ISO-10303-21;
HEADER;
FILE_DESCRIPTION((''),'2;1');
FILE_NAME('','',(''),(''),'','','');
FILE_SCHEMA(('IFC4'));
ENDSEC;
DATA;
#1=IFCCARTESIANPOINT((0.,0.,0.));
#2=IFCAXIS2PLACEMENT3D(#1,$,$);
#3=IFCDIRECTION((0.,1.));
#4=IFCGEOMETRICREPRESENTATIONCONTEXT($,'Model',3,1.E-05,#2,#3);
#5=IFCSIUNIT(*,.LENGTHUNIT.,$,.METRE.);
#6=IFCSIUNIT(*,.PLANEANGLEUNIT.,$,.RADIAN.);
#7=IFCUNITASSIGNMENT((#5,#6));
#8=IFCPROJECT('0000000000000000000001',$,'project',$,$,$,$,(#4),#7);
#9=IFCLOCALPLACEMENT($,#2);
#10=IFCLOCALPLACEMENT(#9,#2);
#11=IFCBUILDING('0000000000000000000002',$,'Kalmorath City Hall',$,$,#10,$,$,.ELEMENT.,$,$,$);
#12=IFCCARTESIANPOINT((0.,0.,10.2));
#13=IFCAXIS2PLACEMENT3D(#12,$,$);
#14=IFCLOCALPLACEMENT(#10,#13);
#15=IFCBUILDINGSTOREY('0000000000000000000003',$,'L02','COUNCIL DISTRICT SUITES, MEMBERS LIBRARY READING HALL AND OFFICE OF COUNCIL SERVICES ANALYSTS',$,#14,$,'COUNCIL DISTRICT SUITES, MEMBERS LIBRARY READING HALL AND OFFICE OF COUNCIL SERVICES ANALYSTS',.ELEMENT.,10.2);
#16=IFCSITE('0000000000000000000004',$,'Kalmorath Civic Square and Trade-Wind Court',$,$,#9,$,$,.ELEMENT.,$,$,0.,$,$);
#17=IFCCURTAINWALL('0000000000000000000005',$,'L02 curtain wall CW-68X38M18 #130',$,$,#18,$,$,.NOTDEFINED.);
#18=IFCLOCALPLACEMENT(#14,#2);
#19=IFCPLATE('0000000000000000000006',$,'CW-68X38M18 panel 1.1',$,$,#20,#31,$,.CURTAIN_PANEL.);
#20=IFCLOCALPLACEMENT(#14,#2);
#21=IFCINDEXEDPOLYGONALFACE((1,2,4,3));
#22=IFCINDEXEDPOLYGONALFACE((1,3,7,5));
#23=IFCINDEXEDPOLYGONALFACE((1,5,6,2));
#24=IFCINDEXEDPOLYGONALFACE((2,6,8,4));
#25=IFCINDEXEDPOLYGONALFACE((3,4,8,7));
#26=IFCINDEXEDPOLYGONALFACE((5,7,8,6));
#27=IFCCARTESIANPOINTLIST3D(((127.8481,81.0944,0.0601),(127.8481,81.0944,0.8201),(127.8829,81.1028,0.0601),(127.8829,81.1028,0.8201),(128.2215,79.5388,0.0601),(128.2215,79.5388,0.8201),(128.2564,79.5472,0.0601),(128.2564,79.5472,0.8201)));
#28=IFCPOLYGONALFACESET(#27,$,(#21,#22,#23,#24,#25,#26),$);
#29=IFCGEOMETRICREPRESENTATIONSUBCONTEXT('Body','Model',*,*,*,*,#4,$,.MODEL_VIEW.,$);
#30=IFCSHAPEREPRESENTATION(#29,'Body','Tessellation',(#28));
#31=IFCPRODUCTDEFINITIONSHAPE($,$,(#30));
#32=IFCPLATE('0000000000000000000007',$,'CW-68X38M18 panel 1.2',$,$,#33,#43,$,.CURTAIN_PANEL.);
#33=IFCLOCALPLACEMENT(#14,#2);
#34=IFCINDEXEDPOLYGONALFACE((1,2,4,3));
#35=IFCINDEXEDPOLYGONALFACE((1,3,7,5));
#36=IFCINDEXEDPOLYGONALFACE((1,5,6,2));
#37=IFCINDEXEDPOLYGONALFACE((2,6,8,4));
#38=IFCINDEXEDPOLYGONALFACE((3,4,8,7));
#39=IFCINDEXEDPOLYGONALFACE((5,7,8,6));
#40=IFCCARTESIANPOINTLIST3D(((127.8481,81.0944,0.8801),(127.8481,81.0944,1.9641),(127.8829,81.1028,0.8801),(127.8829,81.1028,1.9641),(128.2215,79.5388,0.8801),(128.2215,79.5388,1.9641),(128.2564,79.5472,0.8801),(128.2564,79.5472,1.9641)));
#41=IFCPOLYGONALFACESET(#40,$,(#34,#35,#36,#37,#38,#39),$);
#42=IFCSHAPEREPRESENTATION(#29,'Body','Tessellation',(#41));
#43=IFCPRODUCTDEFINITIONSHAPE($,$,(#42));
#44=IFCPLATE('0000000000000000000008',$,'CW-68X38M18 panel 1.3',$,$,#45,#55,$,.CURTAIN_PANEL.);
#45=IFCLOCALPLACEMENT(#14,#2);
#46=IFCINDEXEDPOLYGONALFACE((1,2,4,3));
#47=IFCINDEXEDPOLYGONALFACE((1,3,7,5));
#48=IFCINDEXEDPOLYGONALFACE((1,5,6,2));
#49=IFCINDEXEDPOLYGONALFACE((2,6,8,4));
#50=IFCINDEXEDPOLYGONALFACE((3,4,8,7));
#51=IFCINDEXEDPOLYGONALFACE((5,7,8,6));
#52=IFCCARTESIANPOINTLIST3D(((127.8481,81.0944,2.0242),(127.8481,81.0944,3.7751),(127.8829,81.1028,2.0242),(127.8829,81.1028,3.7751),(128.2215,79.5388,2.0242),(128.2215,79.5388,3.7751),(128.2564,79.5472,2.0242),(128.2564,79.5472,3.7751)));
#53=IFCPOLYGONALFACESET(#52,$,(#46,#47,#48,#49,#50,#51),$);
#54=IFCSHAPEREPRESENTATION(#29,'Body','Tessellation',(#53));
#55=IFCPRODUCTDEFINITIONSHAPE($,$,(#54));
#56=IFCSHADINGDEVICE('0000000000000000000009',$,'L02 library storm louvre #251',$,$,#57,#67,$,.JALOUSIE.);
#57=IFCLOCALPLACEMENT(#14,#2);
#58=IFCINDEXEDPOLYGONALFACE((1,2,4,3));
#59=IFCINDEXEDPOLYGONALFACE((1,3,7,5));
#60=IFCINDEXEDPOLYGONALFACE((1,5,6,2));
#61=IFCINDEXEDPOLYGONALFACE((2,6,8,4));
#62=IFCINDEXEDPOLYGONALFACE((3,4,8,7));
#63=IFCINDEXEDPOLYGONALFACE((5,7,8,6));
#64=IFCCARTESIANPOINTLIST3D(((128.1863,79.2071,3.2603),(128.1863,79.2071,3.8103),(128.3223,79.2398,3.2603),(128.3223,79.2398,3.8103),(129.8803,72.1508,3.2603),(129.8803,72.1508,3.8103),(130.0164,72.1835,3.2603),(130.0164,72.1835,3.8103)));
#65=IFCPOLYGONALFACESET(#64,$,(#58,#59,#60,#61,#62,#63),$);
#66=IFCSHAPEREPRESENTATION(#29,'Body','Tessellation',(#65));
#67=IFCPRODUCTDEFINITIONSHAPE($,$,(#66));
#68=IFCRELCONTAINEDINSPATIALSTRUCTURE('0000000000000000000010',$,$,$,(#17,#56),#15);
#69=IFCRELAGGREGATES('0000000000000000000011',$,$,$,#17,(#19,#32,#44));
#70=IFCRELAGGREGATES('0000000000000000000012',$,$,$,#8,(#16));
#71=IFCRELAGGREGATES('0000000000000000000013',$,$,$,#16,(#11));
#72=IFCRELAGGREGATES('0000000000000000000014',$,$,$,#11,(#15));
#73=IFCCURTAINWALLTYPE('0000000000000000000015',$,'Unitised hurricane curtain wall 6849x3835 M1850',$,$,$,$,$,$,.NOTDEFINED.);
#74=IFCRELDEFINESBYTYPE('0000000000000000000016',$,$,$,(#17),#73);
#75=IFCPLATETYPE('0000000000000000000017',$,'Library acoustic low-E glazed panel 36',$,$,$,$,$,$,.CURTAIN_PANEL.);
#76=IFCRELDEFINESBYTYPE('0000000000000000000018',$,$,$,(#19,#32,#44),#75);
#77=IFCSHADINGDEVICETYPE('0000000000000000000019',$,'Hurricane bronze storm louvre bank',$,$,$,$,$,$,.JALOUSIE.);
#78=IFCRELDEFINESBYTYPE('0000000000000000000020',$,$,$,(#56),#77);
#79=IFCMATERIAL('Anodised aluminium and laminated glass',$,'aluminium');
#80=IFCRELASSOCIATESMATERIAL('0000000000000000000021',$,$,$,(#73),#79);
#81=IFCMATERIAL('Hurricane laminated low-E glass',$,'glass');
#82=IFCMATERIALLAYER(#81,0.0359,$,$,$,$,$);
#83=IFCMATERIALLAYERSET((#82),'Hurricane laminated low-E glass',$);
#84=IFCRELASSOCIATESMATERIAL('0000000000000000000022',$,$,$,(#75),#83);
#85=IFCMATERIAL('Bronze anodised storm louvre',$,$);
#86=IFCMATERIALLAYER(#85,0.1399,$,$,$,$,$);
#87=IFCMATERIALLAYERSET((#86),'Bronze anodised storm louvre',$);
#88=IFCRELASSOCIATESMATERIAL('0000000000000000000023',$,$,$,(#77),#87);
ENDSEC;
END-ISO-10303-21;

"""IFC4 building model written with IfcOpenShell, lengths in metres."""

from ifc_helpers import new_model, si_unit, direction, frame, origin, origin_2d, place, context, subcontext, project, spatial, rectangle, extrude, material, layer, layer_set, type_object, element, aggregate, save


model = new_model("IFC4")

# Units and contexts
model_context = context("Model", 3, precision=1e-05, world=origin(), true_north=direction((0.0, 1.0)))
body_context = subcontext(model_context, "Body", "Model", "MODEL_VIEW")
ifc_project = project(units=[si_unit("LENGTHUNIT", "METRE"), si_unit("PLANEANGLEUNIT", "RADIAN")], contexts=[model_context])

# Site, building, storey
site_placement = place(None, origin())
site = spatial("IfcSite", under=ifc_project, at=site_placement, Name="Kalmorath Civic Square and Trade-Wind Court", CompositionType="ELEMENT", RefElevation=0.0)
building_placement = place(site_placement, origin())
building = spatial("IfcBuilding", under=site, at=building_placement, Name="Kalmorath City Hall", CompositionType="ELEMENT")
storey_placement = place(building_placement, frame((0.0, 0.0, 10.2)))
storey = spatial("IfcBuildingStorey", under=building, at=storey_placement, Name="L02", Description="COUNCIL DISTRICT SUITES, MEMBERS LIBRARY READING HALL AND OFFICE OF COUNCIL SERVICES ANALYSTS", LongName="COUNCIL DISTRICT SUITES, MEMBERS LIBRARY READING HALL AND OFFICE OF COUNCIL SERVICES ANALYSTS", CompositionType="ELEMENT", Elevation=10.2)

# Curtain wall
ifc_material_1 = material(Name="Anodised aluminium and laminated glass", Category="aluminium")
curtain_wall_type = type_object("IfcCurtainWallType", Name="Unitised hurricane curtain wall 6849x3835 M1850", PredefinedType="NOTDEFINED", material=ifc_material_1)
curtain_wall_1_placement = place(storey_placement, origin())
curtain_wall_1 = element("IfcCurtainWall", 1, at=curtain_wall_1_placement, inside=storey, type_object=curtain_wall_type, Name="L02 curtain wall CW-68X38M18 #130", PredefinedType="NOTDEFINED")

# Plates
ifc_material_2 = material(Name="Hurricane laminated low-E glass", Category="glass")
ifc_layer_1 = layer(ifc_material_2, 0.0359)
ifc_layer_set_1 = layer_set([ifc_layer_1], Name="Hurricane laminated low-E glass")
plate_type = type_object("IfcPlateType", Name="Library acoustic low-E glazed panel 36", PredefinedType="CURTAIN_PANEL", material=ifc_layer_set_1)
plate_1_placement = place(storey_placement, frame((128.0522, 80.3208, 0.0601), z_axis=(0.0, 0.0, 1.0), x_axis=(-0.233456, 0.972367, 0.0)))
plate_1 = element("IfcPlate", 2, at=plate_1_placement, type_object=plate_type, Name="CW-68X38M18 panel 1.1", PredefinedType="CURTAIN_PANEL", context=body_context, shape_type="SweptSolid", body=[
    extrude(rectangle(XDim=1.5999, YDim=0.0359, at=origin_2d()), origin(), (0.0, 0.0, 1.0), 0.76),
])
plate_2_placement = place(storey_placement, frame((128.0522, 80.3208, 0.8801), z_axis=(0.0, 0.0, 1.0), x_axis=(-0.233456, 0.972367, 0.0)))
plate_2 = element("IfcPlate", 3, at=plate_2_placement, type_object=plate_type, Name="CW-68X38M18 panel 1.2", PredefinedType="CURTAIN_PANEL", context=body_context, shape_type="SweptSolid", body=[
    extrude(rectangle(XDim=1.5999, YDim=0.0359, at=origin_2d()), origin(), (0.0, 0.0, 1.0), 1.084),
])
plate_3_placement = place(storey_placement, frame((128.0522, 80.3208, 2.0242), z_axis=(0.0, 0.0, 1.0), x_axis=(-0.233456, 0.972367, 0.0)))
plate_3 = element("IfcPlate", 4, at=plate_3_placement, type_object=plate_type, Name="CW-68X38M18 panel 1.3", PredefinedType="CURTAIN_PANEL", context=body_context, shape_type="SweptSolid", body=[
    extrude(rectangle(XDim=1.5999, YDim=0.0359, at=origin_2d()), origin(), (0.0, 0.0, 1.0), 1.751),
])
aggregate(curtain_wall_1, [plate_1, plate_2, plate_3])

# Shading device
ifc_material_3 = material(Name="Bronze anodised storm louvre")
ifc_layer_2 = layer(ifc_material_3, 0.1399)
ifc_layer_set_2 = layer_set([ifc_layer_2], Name="Bronze anodised storm louvre")
shading_device_type = type_object("IfcShadingDeviceType", Name="Hurricane bronze storm louvre bank", PredefinedType="JALOUSIE", material=ifc_layer_set_2)
shading_device_placement = place(storey_placement, frame((129.1013, 75.6953, 3.2603), z_axis=(0.0, 0.0, 1.0), x_axis=(-0.233445, 0.97237, 0.0)))
element("IfcShadingDevice", 5, at=shading_device_placement, inside=storey, type_object=shading_device_type, Name="L02 library storm louvre #251", PredefinedType="JALOUSIE", context=body_context, shape_type="SweptSolid", body=[
    extrude(rectangle(XDim=7.2568, YDim=0.1399, at=origin_2d()), origin(), (0.0, 0.0, 1.0), 0.55),
])

save(model, "model.ifc")
